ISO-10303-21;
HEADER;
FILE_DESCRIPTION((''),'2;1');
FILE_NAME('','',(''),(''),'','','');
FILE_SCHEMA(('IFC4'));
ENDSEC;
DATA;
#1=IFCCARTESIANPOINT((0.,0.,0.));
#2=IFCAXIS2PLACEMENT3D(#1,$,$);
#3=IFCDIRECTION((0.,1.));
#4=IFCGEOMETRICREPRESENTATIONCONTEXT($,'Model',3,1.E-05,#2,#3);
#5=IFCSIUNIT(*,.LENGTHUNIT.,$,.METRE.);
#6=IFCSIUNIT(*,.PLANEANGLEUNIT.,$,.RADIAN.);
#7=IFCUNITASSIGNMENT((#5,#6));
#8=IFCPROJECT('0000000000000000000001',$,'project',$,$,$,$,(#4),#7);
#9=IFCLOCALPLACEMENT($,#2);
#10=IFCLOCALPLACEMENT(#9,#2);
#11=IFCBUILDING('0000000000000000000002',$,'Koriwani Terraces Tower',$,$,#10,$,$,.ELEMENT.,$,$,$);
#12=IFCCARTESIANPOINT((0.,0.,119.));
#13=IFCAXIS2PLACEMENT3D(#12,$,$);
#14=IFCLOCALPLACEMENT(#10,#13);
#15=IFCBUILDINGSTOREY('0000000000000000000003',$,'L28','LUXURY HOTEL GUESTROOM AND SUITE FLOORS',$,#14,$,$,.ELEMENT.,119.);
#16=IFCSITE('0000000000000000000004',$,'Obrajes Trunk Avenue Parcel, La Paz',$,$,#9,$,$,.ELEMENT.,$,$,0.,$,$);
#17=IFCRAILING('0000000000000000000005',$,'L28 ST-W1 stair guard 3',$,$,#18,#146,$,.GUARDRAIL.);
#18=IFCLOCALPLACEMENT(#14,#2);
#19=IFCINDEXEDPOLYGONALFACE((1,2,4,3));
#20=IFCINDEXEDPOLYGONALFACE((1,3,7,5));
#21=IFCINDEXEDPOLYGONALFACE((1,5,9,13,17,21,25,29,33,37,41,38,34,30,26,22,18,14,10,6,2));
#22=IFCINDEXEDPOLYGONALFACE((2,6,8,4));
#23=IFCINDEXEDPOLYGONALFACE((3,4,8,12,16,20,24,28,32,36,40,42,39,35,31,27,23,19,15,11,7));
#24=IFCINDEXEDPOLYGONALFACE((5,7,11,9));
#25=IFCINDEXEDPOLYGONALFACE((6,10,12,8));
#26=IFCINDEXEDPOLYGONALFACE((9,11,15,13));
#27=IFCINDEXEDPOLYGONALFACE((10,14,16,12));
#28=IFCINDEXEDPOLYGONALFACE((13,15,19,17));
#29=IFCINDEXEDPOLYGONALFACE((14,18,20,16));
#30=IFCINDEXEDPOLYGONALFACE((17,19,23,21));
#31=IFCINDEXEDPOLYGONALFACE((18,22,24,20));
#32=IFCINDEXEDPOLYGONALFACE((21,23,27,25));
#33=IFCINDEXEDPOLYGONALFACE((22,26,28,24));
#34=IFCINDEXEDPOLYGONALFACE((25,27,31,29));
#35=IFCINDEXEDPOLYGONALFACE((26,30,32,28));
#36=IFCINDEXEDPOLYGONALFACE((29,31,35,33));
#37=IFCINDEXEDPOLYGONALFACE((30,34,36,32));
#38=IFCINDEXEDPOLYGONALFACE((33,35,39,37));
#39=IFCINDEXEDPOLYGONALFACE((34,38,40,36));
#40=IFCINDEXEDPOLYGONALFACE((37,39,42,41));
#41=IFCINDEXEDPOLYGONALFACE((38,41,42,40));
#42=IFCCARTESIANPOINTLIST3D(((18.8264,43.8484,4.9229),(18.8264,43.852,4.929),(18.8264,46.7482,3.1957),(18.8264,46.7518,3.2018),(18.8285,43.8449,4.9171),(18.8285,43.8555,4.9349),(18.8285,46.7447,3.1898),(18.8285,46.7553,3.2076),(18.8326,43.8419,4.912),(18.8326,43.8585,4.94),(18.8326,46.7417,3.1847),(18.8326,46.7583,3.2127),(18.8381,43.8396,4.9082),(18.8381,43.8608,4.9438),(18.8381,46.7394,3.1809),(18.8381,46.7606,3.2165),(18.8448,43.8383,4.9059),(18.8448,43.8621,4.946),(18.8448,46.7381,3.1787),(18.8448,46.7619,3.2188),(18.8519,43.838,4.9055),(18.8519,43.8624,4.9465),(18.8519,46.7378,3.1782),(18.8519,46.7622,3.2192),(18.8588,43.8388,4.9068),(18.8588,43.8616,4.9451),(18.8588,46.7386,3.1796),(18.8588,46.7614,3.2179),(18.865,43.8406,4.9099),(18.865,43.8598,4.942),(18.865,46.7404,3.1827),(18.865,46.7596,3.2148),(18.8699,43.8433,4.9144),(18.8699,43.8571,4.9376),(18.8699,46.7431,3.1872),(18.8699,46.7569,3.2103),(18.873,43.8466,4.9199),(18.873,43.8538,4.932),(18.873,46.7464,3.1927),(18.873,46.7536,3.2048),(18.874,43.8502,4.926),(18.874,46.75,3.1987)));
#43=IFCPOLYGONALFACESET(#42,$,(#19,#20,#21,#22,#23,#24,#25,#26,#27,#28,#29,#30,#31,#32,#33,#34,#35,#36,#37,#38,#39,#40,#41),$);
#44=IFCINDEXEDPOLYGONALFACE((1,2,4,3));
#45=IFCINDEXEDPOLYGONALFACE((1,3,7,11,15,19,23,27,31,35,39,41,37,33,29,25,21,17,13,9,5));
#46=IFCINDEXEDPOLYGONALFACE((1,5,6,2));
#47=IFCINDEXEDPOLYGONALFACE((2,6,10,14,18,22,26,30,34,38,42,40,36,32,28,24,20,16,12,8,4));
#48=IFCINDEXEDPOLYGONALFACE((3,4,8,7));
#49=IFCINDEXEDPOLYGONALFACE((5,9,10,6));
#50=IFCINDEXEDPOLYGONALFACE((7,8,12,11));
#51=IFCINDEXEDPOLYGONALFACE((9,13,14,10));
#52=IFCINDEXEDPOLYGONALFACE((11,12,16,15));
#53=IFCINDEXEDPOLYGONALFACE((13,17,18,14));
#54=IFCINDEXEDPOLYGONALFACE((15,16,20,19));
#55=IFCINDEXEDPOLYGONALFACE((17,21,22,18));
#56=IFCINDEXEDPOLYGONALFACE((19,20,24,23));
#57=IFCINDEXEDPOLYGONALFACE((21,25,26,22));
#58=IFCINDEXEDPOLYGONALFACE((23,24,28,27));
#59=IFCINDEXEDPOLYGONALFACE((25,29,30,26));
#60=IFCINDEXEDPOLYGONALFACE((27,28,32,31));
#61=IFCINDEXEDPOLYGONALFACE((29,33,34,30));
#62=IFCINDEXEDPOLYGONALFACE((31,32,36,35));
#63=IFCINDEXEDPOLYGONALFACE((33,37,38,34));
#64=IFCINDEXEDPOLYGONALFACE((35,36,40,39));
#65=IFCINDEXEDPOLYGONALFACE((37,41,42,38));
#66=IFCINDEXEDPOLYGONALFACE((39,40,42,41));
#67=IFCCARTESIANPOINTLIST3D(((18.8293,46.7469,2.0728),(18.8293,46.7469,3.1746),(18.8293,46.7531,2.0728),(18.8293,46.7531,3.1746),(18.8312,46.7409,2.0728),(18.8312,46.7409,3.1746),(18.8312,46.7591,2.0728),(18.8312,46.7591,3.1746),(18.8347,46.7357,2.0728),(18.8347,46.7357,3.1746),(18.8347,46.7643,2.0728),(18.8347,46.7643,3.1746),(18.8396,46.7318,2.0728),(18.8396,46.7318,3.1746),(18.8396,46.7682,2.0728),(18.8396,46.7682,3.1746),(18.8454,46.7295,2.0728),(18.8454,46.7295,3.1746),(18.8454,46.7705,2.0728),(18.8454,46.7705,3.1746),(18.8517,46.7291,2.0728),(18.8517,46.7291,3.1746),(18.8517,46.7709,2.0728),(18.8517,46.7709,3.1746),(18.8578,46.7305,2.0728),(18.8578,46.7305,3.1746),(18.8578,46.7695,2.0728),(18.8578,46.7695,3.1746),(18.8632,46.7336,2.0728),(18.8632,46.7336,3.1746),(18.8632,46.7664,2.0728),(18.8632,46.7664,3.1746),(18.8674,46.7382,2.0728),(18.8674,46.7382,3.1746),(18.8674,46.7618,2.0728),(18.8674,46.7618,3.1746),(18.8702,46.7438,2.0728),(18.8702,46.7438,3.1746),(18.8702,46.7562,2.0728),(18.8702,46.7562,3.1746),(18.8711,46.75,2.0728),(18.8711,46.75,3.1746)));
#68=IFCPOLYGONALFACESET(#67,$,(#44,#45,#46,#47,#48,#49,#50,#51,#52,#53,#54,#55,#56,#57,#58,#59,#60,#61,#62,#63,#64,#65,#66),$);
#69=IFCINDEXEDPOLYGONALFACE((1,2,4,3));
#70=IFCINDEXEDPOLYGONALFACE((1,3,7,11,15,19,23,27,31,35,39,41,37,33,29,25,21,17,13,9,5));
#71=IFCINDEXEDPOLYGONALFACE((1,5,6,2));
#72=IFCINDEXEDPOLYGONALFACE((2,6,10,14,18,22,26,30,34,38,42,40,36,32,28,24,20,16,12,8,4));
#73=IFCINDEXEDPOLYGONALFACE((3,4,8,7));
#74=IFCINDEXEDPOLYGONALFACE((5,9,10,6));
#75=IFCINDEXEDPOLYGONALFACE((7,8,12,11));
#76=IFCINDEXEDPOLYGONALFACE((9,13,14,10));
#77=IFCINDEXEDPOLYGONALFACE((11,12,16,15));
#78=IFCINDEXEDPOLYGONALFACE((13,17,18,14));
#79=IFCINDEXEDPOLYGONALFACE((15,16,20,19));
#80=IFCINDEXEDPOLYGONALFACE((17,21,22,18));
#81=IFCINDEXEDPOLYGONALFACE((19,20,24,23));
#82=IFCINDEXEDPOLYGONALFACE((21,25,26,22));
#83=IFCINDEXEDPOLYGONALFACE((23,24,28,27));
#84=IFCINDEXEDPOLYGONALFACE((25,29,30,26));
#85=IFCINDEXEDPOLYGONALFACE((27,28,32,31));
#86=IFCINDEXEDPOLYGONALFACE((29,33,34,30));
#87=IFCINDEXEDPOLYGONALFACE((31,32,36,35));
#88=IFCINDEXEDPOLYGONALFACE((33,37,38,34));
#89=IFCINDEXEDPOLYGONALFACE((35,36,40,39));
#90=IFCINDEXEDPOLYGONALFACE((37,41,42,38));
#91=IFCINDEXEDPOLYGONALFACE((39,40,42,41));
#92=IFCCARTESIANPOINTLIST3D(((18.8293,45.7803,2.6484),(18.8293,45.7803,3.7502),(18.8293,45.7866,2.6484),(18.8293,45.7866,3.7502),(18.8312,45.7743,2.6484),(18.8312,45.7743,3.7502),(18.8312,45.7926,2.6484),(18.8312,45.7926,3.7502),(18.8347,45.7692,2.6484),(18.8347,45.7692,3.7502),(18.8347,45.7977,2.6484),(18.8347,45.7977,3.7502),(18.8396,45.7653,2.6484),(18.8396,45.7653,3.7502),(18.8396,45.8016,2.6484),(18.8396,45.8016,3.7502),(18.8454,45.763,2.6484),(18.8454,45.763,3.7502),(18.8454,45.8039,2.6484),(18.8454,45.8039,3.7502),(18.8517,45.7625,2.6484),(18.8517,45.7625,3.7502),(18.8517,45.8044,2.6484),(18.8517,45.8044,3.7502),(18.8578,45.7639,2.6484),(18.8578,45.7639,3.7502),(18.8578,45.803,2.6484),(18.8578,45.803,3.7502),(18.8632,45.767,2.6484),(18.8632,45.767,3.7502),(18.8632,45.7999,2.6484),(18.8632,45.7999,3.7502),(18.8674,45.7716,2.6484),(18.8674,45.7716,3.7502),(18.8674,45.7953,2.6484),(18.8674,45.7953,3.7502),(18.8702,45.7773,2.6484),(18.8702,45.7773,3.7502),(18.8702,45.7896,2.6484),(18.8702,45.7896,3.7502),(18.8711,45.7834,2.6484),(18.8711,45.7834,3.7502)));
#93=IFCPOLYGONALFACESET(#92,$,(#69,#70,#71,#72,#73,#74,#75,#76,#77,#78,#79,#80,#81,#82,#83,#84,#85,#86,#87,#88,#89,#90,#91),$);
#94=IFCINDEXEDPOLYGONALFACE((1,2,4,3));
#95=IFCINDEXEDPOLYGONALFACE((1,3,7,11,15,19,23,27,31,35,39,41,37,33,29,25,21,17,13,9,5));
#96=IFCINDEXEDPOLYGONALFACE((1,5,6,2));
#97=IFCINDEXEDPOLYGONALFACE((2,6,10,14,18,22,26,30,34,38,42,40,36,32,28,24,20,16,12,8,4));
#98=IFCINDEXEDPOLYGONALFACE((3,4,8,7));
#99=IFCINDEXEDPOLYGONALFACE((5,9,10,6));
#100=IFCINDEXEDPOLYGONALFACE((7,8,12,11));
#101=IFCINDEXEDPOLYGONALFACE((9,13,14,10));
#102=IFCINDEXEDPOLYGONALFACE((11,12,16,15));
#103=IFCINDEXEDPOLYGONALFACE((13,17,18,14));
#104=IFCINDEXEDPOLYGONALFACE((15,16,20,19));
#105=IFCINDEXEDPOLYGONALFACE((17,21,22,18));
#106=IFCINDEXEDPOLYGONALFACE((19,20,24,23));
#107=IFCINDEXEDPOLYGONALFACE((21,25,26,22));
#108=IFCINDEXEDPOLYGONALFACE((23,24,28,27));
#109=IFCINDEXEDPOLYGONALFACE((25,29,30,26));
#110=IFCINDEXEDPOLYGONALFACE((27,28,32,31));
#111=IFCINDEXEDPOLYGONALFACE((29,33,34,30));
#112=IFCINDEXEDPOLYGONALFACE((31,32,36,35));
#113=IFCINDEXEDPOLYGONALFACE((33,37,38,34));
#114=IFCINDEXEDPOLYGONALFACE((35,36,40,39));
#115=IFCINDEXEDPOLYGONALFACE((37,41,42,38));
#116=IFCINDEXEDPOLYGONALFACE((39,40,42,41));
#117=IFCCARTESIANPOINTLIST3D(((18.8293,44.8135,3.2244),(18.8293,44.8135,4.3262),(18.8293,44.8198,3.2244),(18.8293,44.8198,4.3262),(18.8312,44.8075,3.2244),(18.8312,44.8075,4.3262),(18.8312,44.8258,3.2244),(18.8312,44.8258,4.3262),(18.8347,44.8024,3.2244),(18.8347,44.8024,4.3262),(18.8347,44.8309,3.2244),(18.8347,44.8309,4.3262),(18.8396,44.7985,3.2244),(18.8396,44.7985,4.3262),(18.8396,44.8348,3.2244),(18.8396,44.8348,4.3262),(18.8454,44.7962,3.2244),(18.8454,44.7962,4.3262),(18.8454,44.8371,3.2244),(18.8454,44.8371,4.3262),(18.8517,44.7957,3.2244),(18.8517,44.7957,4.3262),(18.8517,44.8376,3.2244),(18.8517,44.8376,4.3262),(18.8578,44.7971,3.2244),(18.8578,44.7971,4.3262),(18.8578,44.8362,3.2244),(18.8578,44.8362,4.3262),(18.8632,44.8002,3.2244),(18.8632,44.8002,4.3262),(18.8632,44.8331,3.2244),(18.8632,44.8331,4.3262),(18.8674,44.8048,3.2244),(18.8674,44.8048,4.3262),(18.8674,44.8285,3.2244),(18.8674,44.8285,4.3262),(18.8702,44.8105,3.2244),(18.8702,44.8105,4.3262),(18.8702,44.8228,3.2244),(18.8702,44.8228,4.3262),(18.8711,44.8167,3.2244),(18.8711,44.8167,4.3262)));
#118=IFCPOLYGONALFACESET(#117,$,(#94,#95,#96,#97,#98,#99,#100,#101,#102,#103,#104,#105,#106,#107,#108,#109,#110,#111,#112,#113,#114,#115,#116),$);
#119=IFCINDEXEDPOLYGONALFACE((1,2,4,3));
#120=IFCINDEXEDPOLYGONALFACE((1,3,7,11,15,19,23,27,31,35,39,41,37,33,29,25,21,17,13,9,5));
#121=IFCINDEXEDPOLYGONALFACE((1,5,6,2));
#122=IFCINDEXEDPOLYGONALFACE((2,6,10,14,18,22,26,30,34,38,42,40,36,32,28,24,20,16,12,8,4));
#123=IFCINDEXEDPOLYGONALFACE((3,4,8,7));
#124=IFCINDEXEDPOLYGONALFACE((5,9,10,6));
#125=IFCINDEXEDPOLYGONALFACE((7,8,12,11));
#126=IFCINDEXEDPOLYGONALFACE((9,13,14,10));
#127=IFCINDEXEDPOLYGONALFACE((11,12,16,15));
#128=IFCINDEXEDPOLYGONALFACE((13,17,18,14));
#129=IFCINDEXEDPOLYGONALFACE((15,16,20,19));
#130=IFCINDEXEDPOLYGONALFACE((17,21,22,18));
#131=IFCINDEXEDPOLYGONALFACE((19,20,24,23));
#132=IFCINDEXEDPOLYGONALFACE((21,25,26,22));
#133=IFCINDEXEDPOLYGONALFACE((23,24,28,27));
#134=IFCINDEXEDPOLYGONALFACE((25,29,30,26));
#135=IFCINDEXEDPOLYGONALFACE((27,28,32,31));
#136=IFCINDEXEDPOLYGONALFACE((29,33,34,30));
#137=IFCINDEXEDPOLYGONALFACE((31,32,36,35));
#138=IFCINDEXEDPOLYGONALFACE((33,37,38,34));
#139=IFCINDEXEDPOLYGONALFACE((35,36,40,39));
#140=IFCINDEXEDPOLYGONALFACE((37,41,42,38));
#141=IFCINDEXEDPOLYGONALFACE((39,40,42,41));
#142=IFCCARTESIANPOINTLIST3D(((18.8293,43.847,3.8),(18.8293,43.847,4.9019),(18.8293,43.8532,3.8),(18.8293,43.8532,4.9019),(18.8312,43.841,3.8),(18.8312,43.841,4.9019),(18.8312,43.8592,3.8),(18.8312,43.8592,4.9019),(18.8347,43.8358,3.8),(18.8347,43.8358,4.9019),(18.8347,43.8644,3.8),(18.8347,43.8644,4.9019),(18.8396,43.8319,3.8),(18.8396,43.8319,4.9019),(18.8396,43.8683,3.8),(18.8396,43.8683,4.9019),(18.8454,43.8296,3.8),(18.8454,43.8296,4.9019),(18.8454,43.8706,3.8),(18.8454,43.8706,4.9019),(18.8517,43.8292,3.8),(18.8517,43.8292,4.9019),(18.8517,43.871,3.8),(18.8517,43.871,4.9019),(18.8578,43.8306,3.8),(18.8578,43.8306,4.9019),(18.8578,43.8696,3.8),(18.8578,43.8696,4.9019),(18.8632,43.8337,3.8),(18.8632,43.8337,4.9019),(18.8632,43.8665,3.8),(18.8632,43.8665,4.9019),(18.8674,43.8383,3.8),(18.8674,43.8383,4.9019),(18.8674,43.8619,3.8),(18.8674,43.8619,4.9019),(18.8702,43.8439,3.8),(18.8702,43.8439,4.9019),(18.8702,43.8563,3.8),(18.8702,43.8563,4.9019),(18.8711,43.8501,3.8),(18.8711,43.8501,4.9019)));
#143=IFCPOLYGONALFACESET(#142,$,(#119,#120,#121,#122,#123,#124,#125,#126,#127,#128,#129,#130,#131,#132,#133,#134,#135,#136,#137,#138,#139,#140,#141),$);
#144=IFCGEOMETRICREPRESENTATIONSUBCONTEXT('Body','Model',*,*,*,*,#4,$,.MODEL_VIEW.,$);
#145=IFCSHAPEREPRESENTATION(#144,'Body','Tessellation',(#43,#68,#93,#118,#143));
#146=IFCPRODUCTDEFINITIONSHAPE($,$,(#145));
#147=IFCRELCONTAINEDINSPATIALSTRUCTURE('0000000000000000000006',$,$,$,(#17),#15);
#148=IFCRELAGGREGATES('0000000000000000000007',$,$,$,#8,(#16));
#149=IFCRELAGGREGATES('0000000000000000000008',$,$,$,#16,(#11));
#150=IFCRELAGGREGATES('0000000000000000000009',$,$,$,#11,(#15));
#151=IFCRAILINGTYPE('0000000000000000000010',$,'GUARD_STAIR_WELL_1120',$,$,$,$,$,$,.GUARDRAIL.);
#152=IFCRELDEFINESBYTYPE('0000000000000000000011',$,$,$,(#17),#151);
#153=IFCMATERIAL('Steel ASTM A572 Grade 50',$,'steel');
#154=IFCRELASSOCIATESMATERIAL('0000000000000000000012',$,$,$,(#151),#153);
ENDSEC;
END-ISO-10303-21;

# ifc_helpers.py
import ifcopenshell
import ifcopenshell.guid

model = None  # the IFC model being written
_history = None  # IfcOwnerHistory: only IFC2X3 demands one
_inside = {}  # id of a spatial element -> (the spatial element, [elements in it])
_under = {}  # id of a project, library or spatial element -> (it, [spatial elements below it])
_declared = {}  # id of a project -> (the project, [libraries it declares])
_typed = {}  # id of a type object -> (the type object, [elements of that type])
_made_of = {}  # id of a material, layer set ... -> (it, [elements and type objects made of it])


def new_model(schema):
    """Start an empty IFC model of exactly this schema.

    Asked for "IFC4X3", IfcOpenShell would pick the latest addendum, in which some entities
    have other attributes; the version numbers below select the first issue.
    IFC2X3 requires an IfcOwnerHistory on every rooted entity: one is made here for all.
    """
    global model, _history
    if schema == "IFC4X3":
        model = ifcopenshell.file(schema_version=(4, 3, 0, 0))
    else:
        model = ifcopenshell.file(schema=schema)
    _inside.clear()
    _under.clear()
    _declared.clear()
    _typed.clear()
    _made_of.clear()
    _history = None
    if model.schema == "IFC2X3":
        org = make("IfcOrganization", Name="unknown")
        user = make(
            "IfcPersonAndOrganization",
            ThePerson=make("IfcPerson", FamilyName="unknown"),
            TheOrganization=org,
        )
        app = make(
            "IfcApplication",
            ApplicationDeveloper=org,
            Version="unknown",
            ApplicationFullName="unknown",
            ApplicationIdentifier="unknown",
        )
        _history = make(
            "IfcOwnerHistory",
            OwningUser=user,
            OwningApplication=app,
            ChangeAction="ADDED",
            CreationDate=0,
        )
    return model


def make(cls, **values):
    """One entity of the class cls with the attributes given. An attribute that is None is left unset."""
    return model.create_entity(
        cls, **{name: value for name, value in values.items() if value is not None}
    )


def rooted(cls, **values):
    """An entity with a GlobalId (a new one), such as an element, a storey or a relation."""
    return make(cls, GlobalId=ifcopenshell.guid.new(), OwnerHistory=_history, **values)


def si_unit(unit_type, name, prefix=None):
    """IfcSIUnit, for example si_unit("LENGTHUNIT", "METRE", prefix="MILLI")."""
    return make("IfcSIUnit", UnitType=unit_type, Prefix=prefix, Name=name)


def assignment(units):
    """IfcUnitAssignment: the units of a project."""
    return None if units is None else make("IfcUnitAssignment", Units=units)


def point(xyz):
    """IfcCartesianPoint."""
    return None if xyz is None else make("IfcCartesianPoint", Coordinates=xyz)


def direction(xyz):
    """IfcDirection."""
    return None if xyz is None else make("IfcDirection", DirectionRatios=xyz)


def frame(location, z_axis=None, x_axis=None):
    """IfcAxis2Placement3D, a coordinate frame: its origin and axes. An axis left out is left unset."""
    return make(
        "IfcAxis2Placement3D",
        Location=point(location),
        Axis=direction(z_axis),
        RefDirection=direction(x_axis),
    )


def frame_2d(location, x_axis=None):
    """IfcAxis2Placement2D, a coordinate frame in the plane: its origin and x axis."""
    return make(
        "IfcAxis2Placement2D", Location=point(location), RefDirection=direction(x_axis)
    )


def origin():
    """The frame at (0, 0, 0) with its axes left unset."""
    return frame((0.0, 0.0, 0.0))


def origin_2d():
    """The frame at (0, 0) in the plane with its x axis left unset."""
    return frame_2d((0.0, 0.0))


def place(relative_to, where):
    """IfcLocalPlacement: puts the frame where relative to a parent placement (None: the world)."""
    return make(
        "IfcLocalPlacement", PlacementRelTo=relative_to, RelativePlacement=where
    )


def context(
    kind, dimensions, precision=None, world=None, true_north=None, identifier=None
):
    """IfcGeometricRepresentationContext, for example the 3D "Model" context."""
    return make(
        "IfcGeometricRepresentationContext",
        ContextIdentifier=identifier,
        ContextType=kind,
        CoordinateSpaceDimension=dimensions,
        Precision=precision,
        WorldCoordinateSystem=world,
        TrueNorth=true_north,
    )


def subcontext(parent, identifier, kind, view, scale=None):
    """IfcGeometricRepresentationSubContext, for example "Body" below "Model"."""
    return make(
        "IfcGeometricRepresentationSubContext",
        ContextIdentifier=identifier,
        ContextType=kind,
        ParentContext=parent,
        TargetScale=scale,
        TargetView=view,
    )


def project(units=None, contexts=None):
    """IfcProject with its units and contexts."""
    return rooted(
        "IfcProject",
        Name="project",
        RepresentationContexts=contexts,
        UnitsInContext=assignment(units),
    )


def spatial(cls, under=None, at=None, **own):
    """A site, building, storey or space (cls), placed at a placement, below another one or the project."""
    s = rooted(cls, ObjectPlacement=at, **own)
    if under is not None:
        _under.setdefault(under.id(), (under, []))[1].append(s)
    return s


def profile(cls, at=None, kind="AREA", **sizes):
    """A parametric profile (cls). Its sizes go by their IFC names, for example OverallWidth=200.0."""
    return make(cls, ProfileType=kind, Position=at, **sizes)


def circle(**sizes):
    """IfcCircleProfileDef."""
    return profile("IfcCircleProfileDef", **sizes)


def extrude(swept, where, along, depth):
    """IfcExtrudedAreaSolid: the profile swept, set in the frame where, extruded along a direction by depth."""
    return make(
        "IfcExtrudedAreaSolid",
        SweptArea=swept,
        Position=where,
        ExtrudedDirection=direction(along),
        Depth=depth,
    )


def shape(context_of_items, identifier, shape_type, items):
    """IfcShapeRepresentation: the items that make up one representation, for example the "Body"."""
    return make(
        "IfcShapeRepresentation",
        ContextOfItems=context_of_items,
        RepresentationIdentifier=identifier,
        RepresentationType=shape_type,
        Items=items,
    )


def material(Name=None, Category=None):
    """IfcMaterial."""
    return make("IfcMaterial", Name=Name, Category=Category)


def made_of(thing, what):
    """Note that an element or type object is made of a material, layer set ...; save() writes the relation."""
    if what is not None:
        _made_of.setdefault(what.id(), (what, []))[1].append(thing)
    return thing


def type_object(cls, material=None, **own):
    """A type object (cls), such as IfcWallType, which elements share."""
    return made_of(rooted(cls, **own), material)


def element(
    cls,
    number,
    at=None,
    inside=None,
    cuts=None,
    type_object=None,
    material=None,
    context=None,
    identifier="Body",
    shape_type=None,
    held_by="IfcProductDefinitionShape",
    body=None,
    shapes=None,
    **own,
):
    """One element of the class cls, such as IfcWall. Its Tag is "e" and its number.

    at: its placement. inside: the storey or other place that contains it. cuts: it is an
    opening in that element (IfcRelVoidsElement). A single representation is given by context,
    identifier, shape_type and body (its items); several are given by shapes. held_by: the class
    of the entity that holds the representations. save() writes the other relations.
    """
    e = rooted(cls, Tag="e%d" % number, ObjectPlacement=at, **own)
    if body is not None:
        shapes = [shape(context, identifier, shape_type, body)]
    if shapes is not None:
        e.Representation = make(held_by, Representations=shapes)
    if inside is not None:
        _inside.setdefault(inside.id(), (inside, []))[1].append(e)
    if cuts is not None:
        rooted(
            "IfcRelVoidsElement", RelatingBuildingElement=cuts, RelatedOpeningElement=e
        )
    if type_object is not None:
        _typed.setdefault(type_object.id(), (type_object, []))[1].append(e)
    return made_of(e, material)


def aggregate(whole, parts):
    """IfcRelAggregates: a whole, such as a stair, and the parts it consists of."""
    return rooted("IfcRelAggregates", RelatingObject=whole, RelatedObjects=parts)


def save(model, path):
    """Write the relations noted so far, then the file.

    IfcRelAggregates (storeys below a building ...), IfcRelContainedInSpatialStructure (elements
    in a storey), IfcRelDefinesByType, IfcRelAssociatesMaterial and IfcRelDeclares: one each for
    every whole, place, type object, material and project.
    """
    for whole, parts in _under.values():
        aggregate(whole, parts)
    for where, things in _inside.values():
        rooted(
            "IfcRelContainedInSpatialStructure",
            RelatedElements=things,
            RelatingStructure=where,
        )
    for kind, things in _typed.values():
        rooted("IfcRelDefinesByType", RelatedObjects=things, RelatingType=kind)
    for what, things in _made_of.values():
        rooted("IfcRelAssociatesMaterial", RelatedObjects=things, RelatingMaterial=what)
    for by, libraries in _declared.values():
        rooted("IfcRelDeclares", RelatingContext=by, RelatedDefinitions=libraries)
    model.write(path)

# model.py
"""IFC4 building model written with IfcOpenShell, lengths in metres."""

from ifc_helpers import new_model, si_unit, direction, frame, origin, origin_2d, place, context, subcontext, project, spatial, circle, extrude, material, type_object, element, save


model = new_model("IFC4")

# Units and contexts
model_context = context("Model", 3, precision=1e-05, world=origin(), true_north=direction((0.0, 1.0)))
body_context = subcontext(model_context, "Body", "Model", "MODEL_VIEW")
ifc_project = project(units=[si_unit("LENGTHUNIT", "METRE"), si_unit("PLANEANGLEUNIT", "RADIAN")], contexts=[model_context])

# Site, building, storey
site_placement = place(None, origin())
site = spatial("IfcSite", under=ifc_project, at=site_placement, Name="Obrajes Trunk Avenue Parcel, La Paz", CompositionType="ELEMENT", RefElevation=0.0)
building_placement = place(site_placement, origin())
building = spatial("IfcBuilding", under=site, at=building_placement, Name="Koriwani Terraces Tower", CompositionType="ELEMENT")
storey_placement = place(building_placement, frame((0.0, 0.0, 119.0)))
storey = spatial("IfcBuildingStorey", under=building, at=storey_placement, Name="L28", Description="LUXURY HOTEL GUESTROOM AND SUITE FLOORS", CompositionType="ELEMENT", Elevation=119.0)

# Shared definitions
ifc_material_1 = material(Name="Steel ASTM A572 Grade 50", Category="steel")

# Railing
railing_type_1 = type_object("IfcRailingType", Name="GUARD_STAIR_WELL_1120", PredefinedType="GUARDRAIL", material=ifc_material_1)
railing_1_placement = place(storey_placement, frame((18.8501, 46.75, 2.0728)))
element("IfcRailing", 1, at=railing_1_placement, inside=storey, type_object=railing_type_1, Name="L28 ST-W1 stair guard 3", PredefinedType="GUARDRAIL", context=body_context, shape_type="SweptSolid", body=[
    extrude(circle(Radius=0.0239, at=origin_2d()), frame((0.0, 0.0, 1.126), z_axis=(0.0, -0.859141, 0.511738), x_axis=(1.0, 0.0, 0.0)), (0.0, 0.0, 1.0), 3.3752),
    extrude(circle(Radius=0.021, at=origin_2d()), origin(), (0.0, 0.0, 1.0), 1.1018),
    extrude(circle(Radius=0.021, at=origin_2d()), frame((0.0, -0.9666, 0.5757)), (0.0, 0.0, 1.0), 1.1018),
    extrude(circle(Radius=0.021, at=origin_2d()), frame((0.0, -1.9333, 1.1516)), (0.0, 0.0, 1.0), 1.1018),
    extrude(circle(Radius=0.021, at=origin_2d()), frame((0.0, -2.8999, 1.7273)), (0.0, 0.0, 1.0), 1.1018),
])

save(model, "model.ifc")
